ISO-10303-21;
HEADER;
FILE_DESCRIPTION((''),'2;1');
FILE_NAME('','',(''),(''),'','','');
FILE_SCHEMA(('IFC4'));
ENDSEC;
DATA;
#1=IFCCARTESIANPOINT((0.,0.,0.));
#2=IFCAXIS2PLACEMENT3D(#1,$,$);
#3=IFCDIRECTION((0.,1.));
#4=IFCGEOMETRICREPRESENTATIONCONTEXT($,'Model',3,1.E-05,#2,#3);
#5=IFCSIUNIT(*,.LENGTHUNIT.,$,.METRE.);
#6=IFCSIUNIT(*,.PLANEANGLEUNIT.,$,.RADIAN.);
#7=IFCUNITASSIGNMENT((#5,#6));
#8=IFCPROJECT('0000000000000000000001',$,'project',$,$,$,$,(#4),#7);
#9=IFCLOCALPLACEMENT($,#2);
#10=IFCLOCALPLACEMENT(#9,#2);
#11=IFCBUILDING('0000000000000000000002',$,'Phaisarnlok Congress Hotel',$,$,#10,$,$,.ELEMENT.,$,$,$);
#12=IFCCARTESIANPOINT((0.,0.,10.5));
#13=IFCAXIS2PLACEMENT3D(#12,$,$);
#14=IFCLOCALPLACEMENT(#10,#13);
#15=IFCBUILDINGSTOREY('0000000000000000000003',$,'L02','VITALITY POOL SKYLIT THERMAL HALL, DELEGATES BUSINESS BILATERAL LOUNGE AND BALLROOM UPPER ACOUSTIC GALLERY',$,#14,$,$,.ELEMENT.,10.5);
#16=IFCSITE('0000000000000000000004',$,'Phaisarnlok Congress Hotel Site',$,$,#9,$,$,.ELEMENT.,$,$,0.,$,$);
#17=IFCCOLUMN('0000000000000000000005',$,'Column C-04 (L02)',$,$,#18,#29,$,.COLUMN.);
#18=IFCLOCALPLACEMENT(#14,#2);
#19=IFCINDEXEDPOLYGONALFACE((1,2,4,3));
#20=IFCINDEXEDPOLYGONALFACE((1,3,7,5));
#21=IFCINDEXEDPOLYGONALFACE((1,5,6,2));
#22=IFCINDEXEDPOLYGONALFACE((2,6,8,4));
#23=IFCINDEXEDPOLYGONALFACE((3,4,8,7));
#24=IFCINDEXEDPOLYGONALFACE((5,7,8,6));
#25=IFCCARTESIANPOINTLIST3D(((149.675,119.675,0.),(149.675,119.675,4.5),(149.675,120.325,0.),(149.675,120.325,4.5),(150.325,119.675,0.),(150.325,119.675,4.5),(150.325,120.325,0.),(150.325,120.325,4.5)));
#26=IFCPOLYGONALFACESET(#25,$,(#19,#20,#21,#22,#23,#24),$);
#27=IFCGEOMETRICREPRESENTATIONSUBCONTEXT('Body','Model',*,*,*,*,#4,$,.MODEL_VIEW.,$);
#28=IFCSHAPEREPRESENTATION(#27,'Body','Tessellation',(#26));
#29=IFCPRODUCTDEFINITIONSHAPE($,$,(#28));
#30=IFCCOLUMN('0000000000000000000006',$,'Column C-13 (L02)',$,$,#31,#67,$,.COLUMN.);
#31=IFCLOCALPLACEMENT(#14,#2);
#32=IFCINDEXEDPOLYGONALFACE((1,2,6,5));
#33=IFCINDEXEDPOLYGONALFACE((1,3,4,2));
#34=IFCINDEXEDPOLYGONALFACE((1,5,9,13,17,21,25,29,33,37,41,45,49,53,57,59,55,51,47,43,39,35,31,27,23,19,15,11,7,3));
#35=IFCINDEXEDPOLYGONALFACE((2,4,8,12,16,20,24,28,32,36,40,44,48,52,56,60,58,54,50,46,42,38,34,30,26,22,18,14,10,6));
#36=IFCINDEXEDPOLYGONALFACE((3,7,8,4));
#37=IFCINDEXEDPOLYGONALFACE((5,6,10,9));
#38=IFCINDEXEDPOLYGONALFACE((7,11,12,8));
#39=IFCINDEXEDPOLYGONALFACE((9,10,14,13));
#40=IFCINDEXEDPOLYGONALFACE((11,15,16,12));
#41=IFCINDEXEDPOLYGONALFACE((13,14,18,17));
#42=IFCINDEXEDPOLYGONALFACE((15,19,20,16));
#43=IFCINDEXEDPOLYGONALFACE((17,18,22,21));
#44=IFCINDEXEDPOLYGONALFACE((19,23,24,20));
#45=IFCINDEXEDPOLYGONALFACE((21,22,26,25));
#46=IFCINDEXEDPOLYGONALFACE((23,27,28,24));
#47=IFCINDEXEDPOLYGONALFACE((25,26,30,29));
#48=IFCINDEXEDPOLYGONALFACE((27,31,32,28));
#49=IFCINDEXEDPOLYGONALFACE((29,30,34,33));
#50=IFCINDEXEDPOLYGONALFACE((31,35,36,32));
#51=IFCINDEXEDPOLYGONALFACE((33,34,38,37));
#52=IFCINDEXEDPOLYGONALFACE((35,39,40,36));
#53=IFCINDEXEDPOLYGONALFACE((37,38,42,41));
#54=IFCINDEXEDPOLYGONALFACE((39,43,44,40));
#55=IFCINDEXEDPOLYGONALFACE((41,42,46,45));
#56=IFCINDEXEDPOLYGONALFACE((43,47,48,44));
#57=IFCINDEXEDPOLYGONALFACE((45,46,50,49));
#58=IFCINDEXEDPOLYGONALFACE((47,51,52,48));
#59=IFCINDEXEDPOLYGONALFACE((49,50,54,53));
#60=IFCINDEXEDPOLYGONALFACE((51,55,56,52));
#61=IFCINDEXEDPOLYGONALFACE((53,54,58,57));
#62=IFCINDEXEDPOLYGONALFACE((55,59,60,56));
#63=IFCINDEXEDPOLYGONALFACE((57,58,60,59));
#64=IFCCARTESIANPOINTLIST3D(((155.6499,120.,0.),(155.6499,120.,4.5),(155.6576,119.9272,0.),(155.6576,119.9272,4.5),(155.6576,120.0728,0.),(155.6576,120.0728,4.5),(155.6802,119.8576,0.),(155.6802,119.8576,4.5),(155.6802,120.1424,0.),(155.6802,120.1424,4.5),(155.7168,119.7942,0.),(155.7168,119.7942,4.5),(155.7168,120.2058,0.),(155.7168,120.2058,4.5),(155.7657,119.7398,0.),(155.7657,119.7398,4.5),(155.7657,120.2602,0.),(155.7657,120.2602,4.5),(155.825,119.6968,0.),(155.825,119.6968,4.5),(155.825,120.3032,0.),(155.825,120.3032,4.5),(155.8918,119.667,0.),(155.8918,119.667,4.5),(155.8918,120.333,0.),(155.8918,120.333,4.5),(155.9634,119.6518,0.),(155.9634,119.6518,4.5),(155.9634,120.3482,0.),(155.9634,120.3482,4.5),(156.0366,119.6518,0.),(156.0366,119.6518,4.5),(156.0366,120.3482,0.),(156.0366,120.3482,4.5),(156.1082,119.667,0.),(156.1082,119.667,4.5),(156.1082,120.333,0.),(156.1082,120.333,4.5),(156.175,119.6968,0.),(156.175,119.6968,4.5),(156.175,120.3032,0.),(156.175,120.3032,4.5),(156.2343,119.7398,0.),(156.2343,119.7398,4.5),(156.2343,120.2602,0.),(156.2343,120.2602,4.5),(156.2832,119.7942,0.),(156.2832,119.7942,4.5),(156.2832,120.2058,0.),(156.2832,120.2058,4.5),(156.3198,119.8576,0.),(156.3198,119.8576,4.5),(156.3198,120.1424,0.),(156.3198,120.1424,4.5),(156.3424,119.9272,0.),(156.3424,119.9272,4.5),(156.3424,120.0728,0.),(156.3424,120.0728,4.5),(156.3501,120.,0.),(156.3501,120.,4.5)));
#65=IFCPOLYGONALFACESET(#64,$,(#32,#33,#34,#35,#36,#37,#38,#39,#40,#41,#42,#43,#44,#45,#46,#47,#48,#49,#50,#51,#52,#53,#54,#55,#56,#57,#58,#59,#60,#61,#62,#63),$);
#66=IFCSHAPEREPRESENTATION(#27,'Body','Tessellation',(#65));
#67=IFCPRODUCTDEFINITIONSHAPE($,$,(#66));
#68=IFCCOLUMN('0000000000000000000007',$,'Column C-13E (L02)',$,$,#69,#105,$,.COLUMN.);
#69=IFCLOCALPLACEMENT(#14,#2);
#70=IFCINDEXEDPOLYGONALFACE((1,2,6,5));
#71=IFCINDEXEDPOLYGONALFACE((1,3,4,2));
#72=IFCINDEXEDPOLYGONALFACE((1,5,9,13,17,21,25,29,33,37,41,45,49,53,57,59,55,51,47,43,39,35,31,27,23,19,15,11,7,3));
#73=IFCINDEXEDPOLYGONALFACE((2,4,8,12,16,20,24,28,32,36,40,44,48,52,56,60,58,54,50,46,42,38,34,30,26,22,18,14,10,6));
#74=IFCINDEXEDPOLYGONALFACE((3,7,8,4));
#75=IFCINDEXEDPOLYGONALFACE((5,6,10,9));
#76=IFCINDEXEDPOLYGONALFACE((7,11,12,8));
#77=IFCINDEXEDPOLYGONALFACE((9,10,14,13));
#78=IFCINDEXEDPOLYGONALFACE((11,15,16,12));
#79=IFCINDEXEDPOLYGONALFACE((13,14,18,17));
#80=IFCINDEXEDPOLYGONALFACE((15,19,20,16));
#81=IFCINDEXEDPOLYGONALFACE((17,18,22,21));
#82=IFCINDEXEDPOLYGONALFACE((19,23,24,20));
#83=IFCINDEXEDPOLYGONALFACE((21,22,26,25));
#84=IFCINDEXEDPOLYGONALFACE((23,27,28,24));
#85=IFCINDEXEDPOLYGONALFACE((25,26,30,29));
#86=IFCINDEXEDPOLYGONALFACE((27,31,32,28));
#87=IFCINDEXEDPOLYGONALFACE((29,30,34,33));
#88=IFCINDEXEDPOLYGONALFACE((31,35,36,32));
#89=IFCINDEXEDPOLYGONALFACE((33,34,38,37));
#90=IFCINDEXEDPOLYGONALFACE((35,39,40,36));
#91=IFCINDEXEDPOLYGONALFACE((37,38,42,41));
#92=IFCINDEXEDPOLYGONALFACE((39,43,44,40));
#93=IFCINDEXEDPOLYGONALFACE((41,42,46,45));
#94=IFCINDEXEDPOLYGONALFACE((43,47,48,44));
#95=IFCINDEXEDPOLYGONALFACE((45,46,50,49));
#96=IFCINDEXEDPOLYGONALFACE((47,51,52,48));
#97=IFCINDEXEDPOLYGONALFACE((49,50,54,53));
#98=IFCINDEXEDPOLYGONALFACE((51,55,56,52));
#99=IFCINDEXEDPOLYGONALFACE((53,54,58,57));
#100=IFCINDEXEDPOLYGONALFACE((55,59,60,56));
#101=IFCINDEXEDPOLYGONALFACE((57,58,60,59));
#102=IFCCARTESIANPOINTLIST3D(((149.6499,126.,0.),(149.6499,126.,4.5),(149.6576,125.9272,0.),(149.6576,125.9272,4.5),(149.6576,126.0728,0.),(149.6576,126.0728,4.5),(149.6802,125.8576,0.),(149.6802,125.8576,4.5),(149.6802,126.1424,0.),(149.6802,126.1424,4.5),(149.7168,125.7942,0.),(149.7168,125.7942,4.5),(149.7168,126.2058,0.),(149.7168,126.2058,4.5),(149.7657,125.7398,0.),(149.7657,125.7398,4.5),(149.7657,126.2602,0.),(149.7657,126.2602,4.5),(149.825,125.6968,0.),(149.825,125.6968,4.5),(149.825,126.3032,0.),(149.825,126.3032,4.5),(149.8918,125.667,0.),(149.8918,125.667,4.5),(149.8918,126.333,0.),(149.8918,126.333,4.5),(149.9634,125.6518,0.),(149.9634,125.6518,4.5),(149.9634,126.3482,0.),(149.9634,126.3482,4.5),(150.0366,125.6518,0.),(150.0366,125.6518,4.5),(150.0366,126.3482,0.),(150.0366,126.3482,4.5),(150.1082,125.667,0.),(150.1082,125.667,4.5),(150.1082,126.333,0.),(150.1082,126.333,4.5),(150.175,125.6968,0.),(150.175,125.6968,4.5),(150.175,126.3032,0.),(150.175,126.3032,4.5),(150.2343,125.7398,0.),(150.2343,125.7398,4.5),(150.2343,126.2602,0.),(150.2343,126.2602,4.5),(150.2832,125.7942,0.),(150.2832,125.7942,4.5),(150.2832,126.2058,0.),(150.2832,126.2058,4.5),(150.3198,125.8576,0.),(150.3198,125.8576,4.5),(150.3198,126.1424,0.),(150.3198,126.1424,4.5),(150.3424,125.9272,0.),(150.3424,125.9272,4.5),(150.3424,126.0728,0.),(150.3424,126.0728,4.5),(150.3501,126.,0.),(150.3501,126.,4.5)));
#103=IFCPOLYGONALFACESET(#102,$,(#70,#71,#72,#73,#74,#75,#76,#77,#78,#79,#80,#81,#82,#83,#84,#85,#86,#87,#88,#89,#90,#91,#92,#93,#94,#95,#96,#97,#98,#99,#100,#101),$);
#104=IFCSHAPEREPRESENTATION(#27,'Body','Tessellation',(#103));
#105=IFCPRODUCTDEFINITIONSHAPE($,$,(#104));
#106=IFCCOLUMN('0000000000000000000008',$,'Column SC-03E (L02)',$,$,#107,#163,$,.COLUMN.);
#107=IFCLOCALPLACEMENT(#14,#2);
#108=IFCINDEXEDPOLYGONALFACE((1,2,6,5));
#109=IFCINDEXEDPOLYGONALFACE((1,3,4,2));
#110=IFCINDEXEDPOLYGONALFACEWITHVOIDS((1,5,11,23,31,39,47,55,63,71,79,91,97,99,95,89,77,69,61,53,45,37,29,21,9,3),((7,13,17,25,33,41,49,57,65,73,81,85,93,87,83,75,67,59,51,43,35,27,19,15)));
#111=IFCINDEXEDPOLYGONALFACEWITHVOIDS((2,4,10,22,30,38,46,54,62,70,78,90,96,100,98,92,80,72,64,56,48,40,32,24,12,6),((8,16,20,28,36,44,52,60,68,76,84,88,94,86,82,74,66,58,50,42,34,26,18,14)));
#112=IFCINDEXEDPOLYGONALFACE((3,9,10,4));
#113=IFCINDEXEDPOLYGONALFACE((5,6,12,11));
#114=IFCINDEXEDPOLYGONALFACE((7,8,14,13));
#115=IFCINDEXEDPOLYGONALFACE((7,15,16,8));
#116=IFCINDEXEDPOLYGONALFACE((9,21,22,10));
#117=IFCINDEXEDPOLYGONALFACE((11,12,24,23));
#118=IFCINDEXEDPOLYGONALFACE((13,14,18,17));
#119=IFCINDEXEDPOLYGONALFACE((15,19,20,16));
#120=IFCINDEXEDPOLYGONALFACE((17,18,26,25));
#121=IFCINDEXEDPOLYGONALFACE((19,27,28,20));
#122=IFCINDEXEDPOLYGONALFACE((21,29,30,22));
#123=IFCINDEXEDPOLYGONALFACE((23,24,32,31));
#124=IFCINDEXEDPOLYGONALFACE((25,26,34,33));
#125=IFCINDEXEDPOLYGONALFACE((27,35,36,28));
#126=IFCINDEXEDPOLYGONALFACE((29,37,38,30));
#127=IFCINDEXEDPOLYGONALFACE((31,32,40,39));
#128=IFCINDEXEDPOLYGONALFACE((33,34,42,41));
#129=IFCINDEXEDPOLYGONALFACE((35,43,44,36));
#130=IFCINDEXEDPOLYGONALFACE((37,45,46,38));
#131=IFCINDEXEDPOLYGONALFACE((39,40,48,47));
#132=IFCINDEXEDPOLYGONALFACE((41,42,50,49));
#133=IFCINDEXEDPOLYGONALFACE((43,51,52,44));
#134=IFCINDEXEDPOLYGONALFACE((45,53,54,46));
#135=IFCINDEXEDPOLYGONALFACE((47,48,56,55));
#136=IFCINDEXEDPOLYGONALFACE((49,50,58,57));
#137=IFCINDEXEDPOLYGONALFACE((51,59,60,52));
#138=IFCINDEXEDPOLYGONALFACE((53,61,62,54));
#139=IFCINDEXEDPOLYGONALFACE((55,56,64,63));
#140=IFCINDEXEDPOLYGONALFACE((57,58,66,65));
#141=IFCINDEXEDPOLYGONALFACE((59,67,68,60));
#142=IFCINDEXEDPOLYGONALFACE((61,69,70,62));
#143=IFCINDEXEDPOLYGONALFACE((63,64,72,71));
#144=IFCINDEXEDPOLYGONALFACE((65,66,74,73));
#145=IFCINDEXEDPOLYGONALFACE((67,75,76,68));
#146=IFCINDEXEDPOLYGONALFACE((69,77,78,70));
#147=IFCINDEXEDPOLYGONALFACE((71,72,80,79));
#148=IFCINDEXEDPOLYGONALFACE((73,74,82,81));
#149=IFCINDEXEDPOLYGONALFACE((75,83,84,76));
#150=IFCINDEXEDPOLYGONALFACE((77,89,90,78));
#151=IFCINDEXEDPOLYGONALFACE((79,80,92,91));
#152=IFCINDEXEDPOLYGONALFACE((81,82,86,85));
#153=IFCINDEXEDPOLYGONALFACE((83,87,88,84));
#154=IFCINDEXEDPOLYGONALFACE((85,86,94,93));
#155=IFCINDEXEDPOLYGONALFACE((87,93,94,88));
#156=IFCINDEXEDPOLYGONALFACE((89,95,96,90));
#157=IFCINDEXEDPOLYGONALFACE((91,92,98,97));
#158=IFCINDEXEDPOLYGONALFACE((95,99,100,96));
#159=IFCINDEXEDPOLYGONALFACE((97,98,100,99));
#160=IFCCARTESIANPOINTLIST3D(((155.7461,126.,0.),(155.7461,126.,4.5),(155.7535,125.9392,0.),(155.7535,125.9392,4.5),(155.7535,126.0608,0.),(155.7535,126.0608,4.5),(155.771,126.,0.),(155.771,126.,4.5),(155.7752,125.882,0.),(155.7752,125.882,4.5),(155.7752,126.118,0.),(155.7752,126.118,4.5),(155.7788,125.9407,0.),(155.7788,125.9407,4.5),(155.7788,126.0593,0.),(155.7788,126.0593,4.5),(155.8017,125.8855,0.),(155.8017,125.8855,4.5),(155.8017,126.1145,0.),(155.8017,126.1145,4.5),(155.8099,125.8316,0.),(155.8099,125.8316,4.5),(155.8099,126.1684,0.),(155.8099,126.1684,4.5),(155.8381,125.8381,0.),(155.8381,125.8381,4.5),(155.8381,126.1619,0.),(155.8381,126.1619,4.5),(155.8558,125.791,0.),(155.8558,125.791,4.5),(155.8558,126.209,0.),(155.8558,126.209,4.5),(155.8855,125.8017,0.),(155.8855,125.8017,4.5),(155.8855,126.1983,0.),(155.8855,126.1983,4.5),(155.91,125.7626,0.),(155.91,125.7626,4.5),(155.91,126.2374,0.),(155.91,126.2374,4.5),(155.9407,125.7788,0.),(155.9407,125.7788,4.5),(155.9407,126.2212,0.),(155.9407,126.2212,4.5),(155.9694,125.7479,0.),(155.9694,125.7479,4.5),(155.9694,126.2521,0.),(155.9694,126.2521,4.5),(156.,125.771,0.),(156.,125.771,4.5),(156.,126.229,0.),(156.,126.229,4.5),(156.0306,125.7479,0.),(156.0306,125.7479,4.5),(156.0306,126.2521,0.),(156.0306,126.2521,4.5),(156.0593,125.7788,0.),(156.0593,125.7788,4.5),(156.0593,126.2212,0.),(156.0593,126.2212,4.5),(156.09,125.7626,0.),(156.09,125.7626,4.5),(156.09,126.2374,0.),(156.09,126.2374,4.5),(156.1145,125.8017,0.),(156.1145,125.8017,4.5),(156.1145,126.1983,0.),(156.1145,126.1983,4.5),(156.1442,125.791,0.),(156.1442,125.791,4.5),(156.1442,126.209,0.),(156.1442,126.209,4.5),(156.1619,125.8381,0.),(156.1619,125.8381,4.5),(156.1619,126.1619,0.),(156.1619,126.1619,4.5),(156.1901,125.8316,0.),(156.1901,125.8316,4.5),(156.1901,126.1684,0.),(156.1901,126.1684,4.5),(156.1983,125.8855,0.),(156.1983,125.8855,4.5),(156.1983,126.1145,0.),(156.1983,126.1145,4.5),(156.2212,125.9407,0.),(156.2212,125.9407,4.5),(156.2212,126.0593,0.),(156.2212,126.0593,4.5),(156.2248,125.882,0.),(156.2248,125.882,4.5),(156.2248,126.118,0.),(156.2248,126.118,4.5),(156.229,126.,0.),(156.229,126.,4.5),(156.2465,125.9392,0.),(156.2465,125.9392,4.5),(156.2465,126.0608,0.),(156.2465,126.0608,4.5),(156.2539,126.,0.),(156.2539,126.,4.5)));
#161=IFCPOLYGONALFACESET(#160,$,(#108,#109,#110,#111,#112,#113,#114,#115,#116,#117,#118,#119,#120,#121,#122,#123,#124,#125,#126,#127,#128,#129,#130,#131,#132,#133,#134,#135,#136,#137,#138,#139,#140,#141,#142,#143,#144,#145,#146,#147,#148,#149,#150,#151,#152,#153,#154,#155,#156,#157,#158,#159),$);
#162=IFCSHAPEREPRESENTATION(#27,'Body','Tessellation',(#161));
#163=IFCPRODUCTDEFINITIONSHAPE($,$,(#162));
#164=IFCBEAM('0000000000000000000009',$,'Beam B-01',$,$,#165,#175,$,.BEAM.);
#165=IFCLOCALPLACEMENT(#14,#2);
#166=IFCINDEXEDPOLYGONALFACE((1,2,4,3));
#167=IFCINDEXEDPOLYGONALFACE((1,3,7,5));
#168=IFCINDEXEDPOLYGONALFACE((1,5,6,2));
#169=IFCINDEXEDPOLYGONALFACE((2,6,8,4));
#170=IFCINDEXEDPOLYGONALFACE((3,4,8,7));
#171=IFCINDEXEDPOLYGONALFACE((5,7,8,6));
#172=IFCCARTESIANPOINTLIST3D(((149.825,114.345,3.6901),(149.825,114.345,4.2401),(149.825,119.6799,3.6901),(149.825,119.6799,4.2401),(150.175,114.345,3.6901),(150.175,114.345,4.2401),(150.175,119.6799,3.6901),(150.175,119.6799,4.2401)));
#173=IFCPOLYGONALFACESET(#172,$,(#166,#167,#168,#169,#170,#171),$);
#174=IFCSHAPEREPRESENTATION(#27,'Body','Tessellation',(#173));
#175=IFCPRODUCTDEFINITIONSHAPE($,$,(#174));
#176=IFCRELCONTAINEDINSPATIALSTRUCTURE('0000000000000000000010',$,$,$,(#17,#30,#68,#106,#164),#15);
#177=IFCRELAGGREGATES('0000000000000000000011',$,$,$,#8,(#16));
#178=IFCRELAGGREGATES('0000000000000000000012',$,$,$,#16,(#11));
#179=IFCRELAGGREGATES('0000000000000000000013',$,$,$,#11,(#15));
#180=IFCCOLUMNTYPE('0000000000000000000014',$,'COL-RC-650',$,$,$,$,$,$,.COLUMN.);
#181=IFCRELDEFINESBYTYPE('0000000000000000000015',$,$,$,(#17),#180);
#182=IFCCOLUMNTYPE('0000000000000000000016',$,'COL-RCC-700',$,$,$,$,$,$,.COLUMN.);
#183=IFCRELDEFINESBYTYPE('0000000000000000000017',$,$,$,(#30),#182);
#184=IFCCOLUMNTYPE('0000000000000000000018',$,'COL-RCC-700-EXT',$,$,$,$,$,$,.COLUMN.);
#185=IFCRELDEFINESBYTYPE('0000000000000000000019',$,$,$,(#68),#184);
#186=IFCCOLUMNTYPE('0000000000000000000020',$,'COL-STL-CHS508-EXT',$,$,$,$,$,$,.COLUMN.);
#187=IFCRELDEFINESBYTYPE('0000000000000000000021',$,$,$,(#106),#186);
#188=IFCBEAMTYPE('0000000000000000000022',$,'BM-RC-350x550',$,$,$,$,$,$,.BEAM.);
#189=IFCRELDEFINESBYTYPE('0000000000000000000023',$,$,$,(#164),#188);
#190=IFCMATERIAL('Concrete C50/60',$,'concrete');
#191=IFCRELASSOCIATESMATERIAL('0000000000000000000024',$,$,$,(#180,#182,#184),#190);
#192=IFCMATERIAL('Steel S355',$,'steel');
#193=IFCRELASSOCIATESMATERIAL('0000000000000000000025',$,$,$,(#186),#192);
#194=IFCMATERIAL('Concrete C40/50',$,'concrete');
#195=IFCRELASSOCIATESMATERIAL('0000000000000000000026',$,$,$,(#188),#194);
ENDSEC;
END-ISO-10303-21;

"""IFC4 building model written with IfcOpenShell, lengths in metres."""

from ifc_helpers import new_model, si_unit, direction, frame, origin, origin_2d, place, context, subcontext, project, spatial, rectangle, circle, hollow_circle, extrude, material, material_profile, profile_set, type_object, element, save


model = new_model("IFC4")

# Units and contexts
model_context = context("Model", 3, precision=1e-05, world=origin(), true_north=direction((0.0, 1.0)))
body_context = subcontext(model_context, "Body", "Model", "MODEL_VIEW")
ifc_project = project(units=[si_unit("LENGTHUNIT", "METRE"), si_unit("PLANEANGLEUNIT", "RADIAN")], contexts=[model_context])

# Site, building, storey
site_placement = place(None, origin())
site = spatial("IfcSite", under=ifc_project, at=site_placement, Name="Phaisarnlok Congress Hotel Site", CompositionType="ELEMENT", RefElevation=0.0)
building_placement = place(site_placement, origin())
building = spatial("IfcBuilding", under=site, at=building_placement, Name="Phaisarnlok Congress Hotel", CompositionType="ELEMENT")
storey_placement = place(building_placement, frame((0.0, 0.0, 10.5)))
storey = spatial("IfcBuildingStorey", under=building, at=storey_placement, Name="L02", Description="VITALITY POOL SKYLIT THERMAL HALL, DELEGATES BUSINESS BILATERAL LOUNGE AND BALLROOM UPPER ACOUSTIC GALLERY", CompositionType="ELEMENT", Elevation=10.5)

# Columns
ifc_material_1 = material(Name="Concrete C50/60", Category="concrete")
ifc_material_profile_1 = material_profile(ifc_material_1, rectangle(XDim=0.6499, YDim=0.6499, at=origin_2d()), Name="RC 650x650")
ifc_profile_set_1 = profile_set([ifc_material_profile_1], Name="Concrete C50/60")
column_type_1 = type_object("IfcColumnType", Name="COL-RC-650", PredefinedType="COLUMN", material=ifc_profile_set_1)
column_1_placement = place(storey_placement, frame((150.0, 120.0, 0.0), z_axis=(0.0, 0.0, 1.0), x_axis=(1.0, 0.0, 0.0)))
element("IfcColumn", 1, at=column_1_placement, inside=storey, type_object=column_type_1, Name="Column C-04 (L02)", PredefinedType="COLUMN", context=body_context, shape_type="SweptSolid", body=[
    extrude(rectangle(XDim=0.6499, YDim=0.6499, at=origin_2d()), origin(), (0.0, 0.0, 1.0), 4.5),
])
ifc_material_profile_2 = material_profile(ifc_material_1, circle(Radius=0.3501, at=origin_2d()), Name="RCC D700")
ifc_profile_set_2 = profile_set([ifc_material_profile_2], Name="Concrete C50/60")
column_type_2 = type_object("IfcColumnType", Name="COL-RCC-700", PredefinedType="COLUMN", material=ifc_profile_set_2)
column_2_placement = place(storey_placement, frame((156.0, 120.0, 0.0), z_axis=(0.0, 0.0, 1.0), x_axis=(1.0, 0.0, 0.0)))
element("IfcColumn", 2, at=column_2_placement, inside=storey, type_object=column_type_2, Name="Column C-13 (L02)", PredefinedType="COLUMN", context=body_context, shape_type="SweptSolid", body=[
    extrude(circle(Radius=0.3501, at=origin_2d()), origin(), (0.0, 0.0, 1.0), 4.5),
])
ifc_material_profile_3 = material_profile(ifc_material_1, circle(Radius=0.3501, at=origin_2d()), Name="RCC D700")
ifc_profile_set_3 = profile_set([ifc_material_profile_3], Name="Concrete C50/60")
column_type_3 = type_object("IfcColumnType", Name="COL-RCC-700-EXT", PredefinedType="COLUMN", material=ifc_profile_set_3)
column_3_placement = place(storey_placement, frame((150.0, 126.0, 0.0), z_axis=(0.0, 0.0, 1.0), x_axis=(1.0, 0.0, 0.0)))
element("IfcColumn", 3, at=column_3_placement, inside=storey, type_object=column_type_3, Name="Column C-13E (L02)", PredefinedType="COLUMN", context=body_context, shape_type="SweptSolid", body=[
    extrude(circle(Radius=0.3501, at=origin_2d()), origin(), (0.0, 0.0, 1.0), 4.5),
])
ifc_material_2 = material(Name="Steel S355", Category="steel")
ifc_material_profile_4 = material_profile(ifc_material_2, hollow_circle(Radius=0.2539, WallThickness=0.0249, at=origin_2d()), Name="CHS 508x25")
ifc_profile_set_4 = profile_set([ifc_material_profile_4], Name="Steel S355")
column_type_4 = type_object("IfcColumnType", Name="COL-STL-CHS508-EXT", PredefinedType="COLUMN", material=ifc_profile_set_4)
column_4_placement = place(storey_placement, frame((156.0, 126.0, 0.0), z_axis=(0.0, 0.0, 1.0), x_axis=(1.0, 0.0, 0.0)))
element("IfcColumn", 4, at=column_4_placement, inside=storey, type_object=column_type_4, Name="Column SC-03E (L02)", PredefinedType="COLUMN", context=body_context, shape_type="SweptSolid", body=[
    extrude(hollow_circle(Radius=0.2539, WallThickness=0.0249, at=origin_2d()), origin(), (0.0, 0.0, 1.0), 4.5),
])

# Beam
ifc_material_3 = material(Name="Concrete C40/50", Category="concrete")
ifc_material_profile_5 = material_profile(ifc_material_3, rectangle(XDim=0.3501, YDim=0.55, at=origin_2d()), Name="RC 350x550")
ifc_profile_set_5 = profile_set([ifc_material_profile_5], Name="Concrete C40/50")
beam_type_1 = type_object("IfcBeamType", Name="BM-RC-350x550", PredefinedType="BEAM", material=ifc_profile_set_5)
beam_1_placement = place(storey_placement, frame((150.0, 114.345, 3.9651), z_axis=(0.0, 1.0, 0.0), x_axis=(-1.0, 0.0, 0.0)))
element("IfcBeam", 5, at=beam_1_placement, inside=storey, type_object=beam_type_1, Name="Beam B-01", PredefinedType="BEAM", context=body_context, shape_type="SweptSolid", body=[
    extrude(rectangle(XDim=0.3501, YDim=0.55, at=origin_2d()), origin(), (0.0, 0.0, 1.0), 5.335),
])

save(model, "model.ifc")
